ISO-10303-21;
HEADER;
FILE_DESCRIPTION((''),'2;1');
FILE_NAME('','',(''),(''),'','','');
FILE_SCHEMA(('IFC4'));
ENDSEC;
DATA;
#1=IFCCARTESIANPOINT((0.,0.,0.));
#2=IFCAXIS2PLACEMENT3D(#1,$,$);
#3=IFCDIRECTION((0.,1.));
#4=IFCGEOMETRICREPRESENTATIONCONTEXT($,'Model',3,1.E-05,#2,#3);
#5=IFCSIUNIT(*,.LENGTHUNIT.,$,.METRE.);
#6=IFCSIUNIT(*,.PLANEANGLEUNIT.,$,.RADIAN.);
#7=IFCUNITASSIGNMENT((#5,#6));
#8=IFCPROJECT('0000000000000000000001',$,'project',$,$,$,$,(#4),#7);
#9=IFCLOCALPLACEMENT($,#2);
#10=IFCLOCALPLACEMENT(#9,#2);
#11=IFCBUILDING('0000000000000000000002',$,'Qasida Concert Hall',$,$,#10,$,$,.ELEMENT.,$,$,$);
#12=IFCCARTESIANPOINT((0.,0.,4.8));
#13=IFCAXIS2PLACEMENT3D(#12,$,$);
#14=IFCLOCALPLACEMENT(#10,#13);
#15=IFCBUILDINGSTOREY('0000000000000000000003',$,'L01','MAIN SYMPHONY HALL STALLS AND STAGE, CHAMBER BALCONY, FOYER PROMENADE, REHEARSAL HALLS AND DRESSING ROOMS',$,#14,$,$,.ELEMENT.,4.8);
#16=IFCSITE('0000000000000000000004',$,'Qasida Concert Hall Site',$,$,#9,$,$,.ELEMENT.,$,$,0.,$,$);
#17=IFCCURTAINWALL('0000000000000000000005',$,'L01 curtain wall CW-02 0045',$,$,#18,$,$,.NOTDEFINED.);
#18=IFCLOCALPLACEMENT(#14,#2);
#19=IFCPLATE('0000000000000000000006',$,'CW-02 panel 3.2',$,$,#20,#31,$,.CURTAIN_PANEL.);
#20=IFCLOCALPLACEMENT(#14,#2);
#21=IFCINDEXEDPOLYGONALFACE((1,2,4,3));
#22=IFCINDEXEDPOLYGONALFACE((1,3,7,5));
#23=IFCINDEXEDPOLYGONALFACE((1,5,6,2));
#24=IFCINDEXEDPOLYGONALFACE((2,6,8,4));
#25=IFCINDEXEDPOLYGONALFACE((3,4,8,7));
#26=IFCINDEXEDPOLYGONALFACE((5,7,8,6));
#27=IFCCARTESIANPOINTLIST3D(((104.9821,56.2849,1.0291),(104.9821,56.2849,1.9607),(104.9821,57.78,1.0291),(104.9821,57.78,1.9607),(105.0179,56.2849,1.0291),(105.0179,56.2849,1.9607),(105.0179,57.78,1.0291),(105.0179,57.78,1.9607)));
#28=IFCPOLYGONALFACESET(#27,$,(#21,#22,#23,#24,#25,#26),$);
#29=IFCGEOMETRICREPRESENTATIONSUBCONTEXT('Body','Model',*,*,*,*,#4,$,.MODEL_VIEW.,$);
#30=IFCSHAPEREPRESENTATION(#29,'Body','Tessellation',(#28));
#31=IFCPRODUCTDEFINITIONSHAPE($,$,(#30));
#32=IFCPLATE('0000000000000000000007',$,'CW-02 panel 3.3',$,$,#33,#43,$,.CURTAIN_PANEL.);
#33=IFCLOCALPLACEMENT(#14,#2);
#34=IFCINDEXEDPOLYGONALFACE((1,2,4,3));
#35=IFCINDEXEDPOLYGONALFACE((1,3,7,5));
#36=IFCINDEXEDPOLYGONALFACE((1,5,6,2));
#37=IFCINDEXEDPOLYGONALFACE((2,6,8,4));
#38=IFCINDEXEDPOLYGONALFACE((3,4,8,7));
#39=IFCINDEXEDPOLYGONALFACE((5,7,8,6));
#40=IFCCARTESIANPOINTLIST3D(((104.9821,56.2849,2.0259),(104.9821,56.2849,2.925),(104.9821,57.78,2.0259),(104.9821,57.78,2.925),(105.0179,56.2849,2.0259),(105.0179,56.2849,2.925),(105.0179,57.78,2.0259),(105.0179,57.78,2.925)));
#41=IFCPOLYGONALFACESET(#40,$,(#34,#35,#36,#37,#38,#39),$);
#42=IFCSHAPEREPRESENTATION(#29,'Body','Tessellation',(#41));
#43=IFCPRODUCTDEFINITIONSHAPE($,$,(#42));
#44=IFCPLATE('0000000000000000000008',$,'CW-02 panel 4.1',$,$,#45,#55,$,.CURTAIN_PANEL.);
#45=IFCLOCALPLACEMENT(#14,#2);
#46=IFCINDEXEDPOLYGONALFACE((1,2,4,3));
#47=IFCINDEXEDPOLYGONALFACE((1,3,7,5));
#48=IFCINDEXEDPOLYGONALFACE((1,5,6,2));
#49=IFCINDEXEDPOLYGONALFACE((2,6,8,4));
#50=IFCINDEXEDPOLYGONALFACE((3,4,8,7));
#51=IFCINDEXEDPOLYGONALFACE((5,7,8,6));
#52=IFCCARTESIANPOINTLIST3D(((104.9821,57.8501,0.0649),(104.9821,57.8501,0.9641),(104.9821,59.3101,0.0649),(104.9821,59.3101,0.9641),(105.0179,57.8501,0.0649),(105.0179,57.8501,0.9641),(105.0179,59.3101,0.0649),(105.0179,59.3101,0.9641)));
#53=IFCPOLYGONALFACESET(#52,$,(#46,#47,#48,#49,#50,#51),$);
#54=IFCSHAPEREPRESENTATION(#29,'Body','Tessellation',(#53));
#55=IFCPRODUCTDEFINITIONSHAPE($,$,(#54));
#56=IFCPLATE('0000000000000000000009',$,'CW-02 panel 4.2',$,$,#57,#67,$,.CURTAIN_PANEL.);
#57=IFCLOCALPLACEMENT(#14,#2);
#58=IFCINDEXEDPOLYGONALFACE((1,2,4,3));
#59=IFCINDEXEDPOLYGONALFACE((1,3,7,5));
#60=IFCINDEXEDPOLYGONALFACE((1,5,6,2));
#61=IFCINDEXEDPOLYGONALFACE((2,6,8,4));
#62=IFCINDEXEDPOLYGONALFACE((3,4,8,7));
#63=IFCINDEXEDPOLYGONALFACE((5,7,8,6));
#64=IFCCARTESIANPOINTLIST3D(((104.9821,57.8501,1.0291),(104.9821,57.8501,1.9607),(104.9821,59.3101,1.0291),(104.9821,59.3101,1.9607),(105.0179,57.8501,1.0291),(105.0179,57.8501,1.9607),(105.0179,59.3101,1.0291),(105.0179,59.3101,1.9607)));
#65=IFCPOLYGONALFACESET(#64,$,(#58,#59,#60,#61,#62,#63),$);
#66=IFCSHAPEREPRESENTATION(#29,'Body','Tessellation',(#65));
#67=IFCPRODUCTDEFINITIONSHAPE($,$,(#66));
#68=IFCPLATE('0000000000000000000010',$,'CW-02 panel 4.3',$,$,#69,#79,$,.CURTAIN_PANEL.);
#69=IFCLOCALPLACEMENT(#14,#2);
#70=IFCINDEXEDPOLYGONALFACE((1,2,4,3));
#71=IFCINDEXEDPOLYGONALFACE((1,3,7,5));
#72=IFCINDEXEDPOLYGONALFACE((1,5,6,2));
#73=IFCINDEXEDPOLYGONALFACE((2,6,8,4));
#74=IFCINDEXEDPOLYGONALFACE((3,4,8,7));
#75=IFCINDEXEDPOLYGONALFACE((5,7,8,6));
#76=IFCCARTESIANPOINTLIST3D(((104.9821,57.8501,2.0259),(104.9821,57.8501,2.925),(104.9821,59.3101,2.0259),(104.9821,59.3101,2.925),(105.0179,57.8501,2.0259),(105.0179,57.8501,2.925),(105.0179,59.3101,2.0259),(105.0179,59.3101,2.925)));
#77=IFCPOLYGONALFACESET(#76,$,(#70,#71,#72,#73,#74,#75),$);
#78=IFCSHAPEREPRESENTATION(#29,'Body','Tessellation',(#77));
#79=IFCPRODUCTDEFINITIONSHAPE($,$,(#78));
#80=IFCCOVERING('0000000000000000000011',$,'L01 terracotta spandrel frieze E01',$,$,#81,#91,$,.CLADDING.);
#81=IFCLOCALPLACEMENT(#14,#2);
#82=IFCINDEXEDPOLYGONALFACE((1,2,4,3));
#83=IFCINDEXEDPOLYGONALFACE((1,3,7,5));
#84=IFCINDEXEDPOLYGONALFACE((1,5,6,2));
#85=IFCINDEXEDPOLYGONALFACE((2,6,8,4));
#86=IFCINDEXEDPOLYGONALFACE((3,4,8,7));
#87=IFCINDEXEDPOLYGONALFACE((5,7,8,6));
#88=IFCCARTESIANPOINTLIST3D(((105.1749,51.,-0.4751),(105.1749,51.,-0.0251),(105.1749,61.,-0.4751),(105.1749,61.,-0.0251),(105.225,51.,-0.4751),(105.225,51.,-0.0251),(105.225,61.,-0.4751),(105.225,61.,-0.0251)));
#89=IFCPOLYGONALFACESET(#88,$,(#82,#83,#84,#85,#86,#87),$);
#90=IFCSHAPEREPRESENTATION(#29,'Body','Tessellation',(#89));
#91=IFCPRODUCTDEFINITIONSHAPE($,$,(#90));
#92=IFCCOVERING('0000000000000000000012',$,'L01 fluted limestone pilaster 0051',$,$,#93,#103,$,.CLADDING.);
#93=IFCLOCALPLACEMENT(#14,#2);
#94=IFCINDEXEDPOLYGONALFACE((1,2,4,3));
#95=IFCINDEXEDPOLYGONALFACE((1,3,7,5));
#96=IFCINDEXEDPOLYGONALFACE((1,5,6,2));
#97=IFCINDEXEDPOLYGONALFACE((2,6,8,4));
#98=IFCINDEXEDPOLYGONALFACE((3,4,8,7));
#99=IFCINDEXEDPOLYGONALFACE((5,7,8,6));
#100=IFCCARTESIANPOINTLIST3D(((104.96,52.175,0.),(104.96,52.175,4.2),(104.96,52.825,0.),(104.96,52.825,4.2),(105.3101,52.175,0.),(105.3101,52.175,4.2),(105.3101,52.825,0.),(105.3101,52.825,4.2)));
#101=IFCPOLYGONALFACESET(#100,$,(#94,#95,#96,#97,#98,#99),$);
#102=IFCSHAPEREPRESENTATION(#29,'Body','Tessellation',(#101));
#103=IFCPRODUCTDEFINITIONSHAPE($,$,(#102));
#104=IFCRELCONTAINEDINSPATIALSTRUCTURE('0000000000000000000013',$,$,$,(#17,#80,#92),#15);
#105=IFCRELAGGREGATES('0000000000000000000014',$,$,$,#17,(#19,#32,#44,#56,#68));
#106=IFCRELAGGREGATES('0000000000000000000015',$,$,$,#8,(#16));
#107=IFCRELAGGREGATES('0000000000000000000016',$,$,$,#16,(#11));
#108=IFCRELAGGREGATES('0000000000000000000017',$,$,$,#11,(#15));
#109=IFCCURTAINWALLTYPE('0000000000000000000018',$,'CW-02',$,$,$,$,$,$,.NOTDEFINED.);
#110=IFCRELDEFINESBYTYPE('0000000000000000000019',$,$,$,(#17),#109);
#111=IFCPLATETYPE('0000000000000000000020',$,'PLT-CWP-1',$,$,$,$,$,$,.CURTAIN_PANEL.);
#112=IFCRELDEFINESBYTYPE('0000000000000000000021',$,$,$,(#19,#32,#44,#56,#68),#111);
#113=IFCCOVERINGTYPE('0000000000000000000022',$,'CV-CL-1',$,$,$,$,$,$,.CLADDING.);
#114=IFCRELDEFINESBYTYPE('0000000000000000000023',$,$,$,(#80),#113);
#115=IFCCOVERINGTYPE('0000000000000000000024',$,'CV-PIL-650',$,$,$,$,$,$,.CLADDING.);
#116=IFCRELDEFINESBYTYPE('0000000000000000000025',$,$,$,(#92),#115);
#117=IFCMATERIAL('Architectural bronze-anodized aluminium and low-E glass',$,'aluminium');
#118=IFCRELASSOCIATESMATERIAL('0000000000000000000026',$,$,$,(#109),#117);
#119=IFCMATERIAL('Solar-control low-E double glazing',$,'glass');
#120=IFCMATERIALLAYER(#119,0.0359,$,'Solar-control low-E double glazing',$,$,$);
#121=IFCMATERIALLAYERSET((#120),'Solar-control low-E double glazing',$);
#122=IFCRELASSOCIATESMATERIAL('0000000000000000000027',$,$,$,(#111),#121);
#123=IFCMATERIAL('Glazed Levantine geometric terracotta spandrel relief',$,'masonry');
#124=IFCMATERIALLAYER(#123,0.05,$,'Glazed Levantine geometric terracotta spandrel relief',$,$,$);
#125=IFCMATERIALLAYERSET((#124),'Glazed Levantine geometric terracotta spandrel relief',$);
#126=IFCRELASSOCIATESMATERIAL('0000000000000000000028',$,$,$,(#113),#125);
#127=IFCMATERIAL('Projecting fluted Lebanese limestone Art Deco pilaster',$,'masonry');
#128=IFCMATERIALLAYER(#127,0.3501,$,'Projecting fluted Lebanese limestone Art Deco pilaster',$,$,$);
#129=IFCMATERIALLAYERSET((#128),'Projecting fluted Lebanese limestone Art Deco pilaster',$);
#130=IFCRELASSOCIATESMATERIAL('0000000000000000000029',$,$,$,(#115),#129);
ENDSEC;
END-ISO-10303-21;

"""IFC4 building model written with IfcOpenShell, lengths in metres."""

from ifc_helpers import new_model, si_unit, direction, frame, origin, origin_2d, place, context, subcontext, project, spatial, rectangle, extrude, material, layer, layer_set, type_object, element, aggregate, save


model = new_model("IFC4")

# Units and contexts
model_context = context("Model", 3, precision=1e-05, world=origin(), true_north=direction((0.0, 1.0)))
body_context = subcontext(model_context, "Body", "Model", "MODEL_VIEW")
ifc_project = project(units=[si_unit("LENGTHUNIT", "METRE"), si_unit("PLANEANGLEUNIT", "RADIAN")], contexts=[model_context])

# Site, building, storey
site_placement = place(None, origin())
site = spatial("IfcSite", under=ifc_project, at=site_placement, Name="Qasida Concert Hall Site", CompositionType="ELEMENT", RefElevation=0.0)
building_placement = place(site_placement, origin())
building = spatial("IfcBuilding", under=site, at=building_placement, Name="Qasida Concert Hall", CompositionType="ELEMENT")
storey_placement = place(building_placement, frame((0.0, 0.0, 4.8)))
storey = spatial("IfcBuildingStorey", under=building, at=storey_placement, Name="L01", Description="MAIN SYMPHONY HALL STALLS AND STAGE, CHAMBER BALCONY, FOYER PROMENADE, REHEARSAL HALLS AND DRESSING ROOMS", CompositionType="ELEMENT", Elevation=4.8)

# Curtain wall, plates
ifc_material_1 = material(Name="Architectural bronze-anodized aluminium and low-E glass", Category="aluminium")
curtain_wall_type = type_object("IfcCurtainWallType", Name="CW-02", PredefinedType="NOTDEFINED", material=ifc_material_1)
curtain_wall_placement = place(storey_placement, origin())
curtain_wall = element("IfcCurtainWall", 1, at=curtain_wall_placement, inside=storey, type_object=curtain_wall_type, Name="L01 curtain wall CW-02 0045", PredefinedType="NOTDEFINED")
ifc_material_2 = material(Name="Solar-control low-E double glazing", Category="glass")
ifc_layer_1 = layer(ifc_material_2, 0.0359, Name="Solar-control low-E double glazing")
ifc_layer_set_1 = layer_set([ifc_layer_1], Name="Solar-control low-E double glazing")
plate_type = type_object("IfcPlateType", Name="PLT-CWP-1", PredefinedType="CURTAIN_PANEL", material=ifc_layer_set_1)
plate_1_placement = place(storey_placement, frame((105.0, 57.0325, 1.0291), z_axis=(0.0, 0.0, 1.0), x_axis=(0.0, 1.0, 0.0)))
plate_1 = element("IfcPlate", 2, at=plate_1_placement, type_object=plate_type, Name="CW-02 panel 3.2", PredefinedType="CURTAIN_PANEL", context=body_context, shape_type="SweptSolid", body=[
    extrude(rectangle(XDim=1.4951, YDim=0.0359, at=origin_2d()), origin(), (0.0, 0.0, 1.0), 0.9316),
])
plate_2_placement = place(storey_placement, frame((105.0, 57.0325, 2.0259), z_axis=(0.0, 0.0, 1.0), x_axis=(0.0, 1.0, 0.0)))
plate_2 = element("IfcPlate", 3, at=plate_2_placement, type_object=plate_type, Name="CW-02 panel 3.3", PredefinedType="CURTAIN_PANEL", context=body_context, shape_type="SweptSolid", body=[
    extrude(rectangle(XDim=1.4951, YDim=0.0359, at=origin_2d()), origin(), (0.0, 0.0, 1.0), 0.8992),
])
plate_3_placement = place(storey_placement, frame((105.0, 58.5801, 0.0649), z_axis=(0.0, 0.0, 1.0), x_axis=(0.0, 1.0, 0.0)))
plate_3 = element("IfcPlate", 4, at=plate_3_placement, type_object=plate_type, Name="CW-02 panel 4.1", PredefinedType="CURTAIN_PANEL", context=body_context, shape_type="SweptSolid", body=[
    extrude(rectangle(XDim=1.46, YDim=0.0359, at=origin_2d()), origin(), (0.0, 0.0, 1.0), 0.8992),
])
plate_4_placement = place(storey_placement, frame((105.0, 58.5801, 1.0291), z_axis=(0.0, 0.0, 1.0), x_axis=(0.0, 1.0, 0.0)))
plate_4 = element("IfcPlate", 5, at=plate_4_placement, type_object=plate_type, Name="CW-02 panel 4.2", PredefinedType="CURTAIN_PANEL", context=body_context, shape_type="SweptSolid", body=[
    extrude(rectangle(XDim=1.46, YDim=0.0359, at=origin_2d()), origin(), (0.0, 0.0, 1.0), 0.9316),
])
plate_5_placement = place(storey_placement, frame((105.0, 58.5801, 2.0259), z_axis=(0.0, 0.0, 1.0), x_axis=(0.0, 1.0, 0.0)))
plate_5 = element("IfcPlate", 6, at=plate_5_placement, type_object=plate_type, Name="CW-02 panel 4.3", PredefinedType="CURTAIN_PANEL", context=body_context, shape_type="SweptSolid", body=[
    extrude(rectangle(XDim=1.46, YDim=0.0359, at=origin_2d()), origin(), (0.0, 0.0, 1.0), 0.8992),
])
aggregate(curtain_wall, [plate_1, plate_2, plate_3, plate_4, plate_5])

# Coverings
ifc_material_3 = material(Name="Glazed Levantine geometric terracotta spandrel relief", Category="masonry")
ifc_layer_2 = layer(ifc_material_3, 0.05, Name="Glazed Levantine geometric terracotta spandrel relief")
ifc_layer_set_2 = layer_set([ifc_layer_2], Name="Glazed Levantine geometric terracotta spandrel relief")
covering_type_1 = type_object("IfcCoveringType", Name="CV-CL-1", PredefinedType="CLADDING", material=ifc_layer_set_2)
covering_1_placement = place(storey_placement, frame((105.2, 56.0, -0.4751), z_axis=(0.0, 0.0, 1.0), x_axis=(1.0, 0.0, 0.0)))
element("IfcCovering", 7, at=covering_1_placement, inside=storey, type_object=covering_type_1, Name="L01 terracotta spandrel frieze E01", PredefinedType="CLADDING", context=body_context, shape_type="SweptSolid", body=[
    extrude(rectangle(XDim=0.05, YDim=10.0, at=origin_2d()), origin(), (0.0, 0.0, 1.0), 0.45),
])
ifc_material_4 = material(Name="Projecting fluted Lebanese limestone Art Deco pilaster", Category="masonry")
ifc_layer_3 = layer(ifc_material_4, 0.3501, Name="Projecting fluted Lebanese limestone Art Deco pilaster")
ifc_layer_set_3 = layer_set([ifc_layer_3], Name="Projecting fluted Lebanese limestone Art Deco pilaster")
covering_type_2 = type_object("IfcCoveringType", Name="CV-PIL-650", PredefinedType="CLADDING", material=ifc_layer_set_3)
covering_2_placement = place(storey_placement, frame((105.135, 52.5, 0.0), z_axis=(0.0, 0.0, 1.0), x_axis=(1.0, 0.0, 0.0)))
element("IfcCovering", 8, at=covering_2_placement, inside=storey, type_object=covering_type_2, Name="L01 fluted limestone pilaster 0051", PredefinedType="CLADDING", context=body_context, shape_type="SweptSolid", body=[
    extrude(rectangle(XDim=0.3501, YDim=0.6499, at=origin_2d()), origin(), (0.0, 0.0, 1.0), 4.2),
])

save(model, "model.ifc")
